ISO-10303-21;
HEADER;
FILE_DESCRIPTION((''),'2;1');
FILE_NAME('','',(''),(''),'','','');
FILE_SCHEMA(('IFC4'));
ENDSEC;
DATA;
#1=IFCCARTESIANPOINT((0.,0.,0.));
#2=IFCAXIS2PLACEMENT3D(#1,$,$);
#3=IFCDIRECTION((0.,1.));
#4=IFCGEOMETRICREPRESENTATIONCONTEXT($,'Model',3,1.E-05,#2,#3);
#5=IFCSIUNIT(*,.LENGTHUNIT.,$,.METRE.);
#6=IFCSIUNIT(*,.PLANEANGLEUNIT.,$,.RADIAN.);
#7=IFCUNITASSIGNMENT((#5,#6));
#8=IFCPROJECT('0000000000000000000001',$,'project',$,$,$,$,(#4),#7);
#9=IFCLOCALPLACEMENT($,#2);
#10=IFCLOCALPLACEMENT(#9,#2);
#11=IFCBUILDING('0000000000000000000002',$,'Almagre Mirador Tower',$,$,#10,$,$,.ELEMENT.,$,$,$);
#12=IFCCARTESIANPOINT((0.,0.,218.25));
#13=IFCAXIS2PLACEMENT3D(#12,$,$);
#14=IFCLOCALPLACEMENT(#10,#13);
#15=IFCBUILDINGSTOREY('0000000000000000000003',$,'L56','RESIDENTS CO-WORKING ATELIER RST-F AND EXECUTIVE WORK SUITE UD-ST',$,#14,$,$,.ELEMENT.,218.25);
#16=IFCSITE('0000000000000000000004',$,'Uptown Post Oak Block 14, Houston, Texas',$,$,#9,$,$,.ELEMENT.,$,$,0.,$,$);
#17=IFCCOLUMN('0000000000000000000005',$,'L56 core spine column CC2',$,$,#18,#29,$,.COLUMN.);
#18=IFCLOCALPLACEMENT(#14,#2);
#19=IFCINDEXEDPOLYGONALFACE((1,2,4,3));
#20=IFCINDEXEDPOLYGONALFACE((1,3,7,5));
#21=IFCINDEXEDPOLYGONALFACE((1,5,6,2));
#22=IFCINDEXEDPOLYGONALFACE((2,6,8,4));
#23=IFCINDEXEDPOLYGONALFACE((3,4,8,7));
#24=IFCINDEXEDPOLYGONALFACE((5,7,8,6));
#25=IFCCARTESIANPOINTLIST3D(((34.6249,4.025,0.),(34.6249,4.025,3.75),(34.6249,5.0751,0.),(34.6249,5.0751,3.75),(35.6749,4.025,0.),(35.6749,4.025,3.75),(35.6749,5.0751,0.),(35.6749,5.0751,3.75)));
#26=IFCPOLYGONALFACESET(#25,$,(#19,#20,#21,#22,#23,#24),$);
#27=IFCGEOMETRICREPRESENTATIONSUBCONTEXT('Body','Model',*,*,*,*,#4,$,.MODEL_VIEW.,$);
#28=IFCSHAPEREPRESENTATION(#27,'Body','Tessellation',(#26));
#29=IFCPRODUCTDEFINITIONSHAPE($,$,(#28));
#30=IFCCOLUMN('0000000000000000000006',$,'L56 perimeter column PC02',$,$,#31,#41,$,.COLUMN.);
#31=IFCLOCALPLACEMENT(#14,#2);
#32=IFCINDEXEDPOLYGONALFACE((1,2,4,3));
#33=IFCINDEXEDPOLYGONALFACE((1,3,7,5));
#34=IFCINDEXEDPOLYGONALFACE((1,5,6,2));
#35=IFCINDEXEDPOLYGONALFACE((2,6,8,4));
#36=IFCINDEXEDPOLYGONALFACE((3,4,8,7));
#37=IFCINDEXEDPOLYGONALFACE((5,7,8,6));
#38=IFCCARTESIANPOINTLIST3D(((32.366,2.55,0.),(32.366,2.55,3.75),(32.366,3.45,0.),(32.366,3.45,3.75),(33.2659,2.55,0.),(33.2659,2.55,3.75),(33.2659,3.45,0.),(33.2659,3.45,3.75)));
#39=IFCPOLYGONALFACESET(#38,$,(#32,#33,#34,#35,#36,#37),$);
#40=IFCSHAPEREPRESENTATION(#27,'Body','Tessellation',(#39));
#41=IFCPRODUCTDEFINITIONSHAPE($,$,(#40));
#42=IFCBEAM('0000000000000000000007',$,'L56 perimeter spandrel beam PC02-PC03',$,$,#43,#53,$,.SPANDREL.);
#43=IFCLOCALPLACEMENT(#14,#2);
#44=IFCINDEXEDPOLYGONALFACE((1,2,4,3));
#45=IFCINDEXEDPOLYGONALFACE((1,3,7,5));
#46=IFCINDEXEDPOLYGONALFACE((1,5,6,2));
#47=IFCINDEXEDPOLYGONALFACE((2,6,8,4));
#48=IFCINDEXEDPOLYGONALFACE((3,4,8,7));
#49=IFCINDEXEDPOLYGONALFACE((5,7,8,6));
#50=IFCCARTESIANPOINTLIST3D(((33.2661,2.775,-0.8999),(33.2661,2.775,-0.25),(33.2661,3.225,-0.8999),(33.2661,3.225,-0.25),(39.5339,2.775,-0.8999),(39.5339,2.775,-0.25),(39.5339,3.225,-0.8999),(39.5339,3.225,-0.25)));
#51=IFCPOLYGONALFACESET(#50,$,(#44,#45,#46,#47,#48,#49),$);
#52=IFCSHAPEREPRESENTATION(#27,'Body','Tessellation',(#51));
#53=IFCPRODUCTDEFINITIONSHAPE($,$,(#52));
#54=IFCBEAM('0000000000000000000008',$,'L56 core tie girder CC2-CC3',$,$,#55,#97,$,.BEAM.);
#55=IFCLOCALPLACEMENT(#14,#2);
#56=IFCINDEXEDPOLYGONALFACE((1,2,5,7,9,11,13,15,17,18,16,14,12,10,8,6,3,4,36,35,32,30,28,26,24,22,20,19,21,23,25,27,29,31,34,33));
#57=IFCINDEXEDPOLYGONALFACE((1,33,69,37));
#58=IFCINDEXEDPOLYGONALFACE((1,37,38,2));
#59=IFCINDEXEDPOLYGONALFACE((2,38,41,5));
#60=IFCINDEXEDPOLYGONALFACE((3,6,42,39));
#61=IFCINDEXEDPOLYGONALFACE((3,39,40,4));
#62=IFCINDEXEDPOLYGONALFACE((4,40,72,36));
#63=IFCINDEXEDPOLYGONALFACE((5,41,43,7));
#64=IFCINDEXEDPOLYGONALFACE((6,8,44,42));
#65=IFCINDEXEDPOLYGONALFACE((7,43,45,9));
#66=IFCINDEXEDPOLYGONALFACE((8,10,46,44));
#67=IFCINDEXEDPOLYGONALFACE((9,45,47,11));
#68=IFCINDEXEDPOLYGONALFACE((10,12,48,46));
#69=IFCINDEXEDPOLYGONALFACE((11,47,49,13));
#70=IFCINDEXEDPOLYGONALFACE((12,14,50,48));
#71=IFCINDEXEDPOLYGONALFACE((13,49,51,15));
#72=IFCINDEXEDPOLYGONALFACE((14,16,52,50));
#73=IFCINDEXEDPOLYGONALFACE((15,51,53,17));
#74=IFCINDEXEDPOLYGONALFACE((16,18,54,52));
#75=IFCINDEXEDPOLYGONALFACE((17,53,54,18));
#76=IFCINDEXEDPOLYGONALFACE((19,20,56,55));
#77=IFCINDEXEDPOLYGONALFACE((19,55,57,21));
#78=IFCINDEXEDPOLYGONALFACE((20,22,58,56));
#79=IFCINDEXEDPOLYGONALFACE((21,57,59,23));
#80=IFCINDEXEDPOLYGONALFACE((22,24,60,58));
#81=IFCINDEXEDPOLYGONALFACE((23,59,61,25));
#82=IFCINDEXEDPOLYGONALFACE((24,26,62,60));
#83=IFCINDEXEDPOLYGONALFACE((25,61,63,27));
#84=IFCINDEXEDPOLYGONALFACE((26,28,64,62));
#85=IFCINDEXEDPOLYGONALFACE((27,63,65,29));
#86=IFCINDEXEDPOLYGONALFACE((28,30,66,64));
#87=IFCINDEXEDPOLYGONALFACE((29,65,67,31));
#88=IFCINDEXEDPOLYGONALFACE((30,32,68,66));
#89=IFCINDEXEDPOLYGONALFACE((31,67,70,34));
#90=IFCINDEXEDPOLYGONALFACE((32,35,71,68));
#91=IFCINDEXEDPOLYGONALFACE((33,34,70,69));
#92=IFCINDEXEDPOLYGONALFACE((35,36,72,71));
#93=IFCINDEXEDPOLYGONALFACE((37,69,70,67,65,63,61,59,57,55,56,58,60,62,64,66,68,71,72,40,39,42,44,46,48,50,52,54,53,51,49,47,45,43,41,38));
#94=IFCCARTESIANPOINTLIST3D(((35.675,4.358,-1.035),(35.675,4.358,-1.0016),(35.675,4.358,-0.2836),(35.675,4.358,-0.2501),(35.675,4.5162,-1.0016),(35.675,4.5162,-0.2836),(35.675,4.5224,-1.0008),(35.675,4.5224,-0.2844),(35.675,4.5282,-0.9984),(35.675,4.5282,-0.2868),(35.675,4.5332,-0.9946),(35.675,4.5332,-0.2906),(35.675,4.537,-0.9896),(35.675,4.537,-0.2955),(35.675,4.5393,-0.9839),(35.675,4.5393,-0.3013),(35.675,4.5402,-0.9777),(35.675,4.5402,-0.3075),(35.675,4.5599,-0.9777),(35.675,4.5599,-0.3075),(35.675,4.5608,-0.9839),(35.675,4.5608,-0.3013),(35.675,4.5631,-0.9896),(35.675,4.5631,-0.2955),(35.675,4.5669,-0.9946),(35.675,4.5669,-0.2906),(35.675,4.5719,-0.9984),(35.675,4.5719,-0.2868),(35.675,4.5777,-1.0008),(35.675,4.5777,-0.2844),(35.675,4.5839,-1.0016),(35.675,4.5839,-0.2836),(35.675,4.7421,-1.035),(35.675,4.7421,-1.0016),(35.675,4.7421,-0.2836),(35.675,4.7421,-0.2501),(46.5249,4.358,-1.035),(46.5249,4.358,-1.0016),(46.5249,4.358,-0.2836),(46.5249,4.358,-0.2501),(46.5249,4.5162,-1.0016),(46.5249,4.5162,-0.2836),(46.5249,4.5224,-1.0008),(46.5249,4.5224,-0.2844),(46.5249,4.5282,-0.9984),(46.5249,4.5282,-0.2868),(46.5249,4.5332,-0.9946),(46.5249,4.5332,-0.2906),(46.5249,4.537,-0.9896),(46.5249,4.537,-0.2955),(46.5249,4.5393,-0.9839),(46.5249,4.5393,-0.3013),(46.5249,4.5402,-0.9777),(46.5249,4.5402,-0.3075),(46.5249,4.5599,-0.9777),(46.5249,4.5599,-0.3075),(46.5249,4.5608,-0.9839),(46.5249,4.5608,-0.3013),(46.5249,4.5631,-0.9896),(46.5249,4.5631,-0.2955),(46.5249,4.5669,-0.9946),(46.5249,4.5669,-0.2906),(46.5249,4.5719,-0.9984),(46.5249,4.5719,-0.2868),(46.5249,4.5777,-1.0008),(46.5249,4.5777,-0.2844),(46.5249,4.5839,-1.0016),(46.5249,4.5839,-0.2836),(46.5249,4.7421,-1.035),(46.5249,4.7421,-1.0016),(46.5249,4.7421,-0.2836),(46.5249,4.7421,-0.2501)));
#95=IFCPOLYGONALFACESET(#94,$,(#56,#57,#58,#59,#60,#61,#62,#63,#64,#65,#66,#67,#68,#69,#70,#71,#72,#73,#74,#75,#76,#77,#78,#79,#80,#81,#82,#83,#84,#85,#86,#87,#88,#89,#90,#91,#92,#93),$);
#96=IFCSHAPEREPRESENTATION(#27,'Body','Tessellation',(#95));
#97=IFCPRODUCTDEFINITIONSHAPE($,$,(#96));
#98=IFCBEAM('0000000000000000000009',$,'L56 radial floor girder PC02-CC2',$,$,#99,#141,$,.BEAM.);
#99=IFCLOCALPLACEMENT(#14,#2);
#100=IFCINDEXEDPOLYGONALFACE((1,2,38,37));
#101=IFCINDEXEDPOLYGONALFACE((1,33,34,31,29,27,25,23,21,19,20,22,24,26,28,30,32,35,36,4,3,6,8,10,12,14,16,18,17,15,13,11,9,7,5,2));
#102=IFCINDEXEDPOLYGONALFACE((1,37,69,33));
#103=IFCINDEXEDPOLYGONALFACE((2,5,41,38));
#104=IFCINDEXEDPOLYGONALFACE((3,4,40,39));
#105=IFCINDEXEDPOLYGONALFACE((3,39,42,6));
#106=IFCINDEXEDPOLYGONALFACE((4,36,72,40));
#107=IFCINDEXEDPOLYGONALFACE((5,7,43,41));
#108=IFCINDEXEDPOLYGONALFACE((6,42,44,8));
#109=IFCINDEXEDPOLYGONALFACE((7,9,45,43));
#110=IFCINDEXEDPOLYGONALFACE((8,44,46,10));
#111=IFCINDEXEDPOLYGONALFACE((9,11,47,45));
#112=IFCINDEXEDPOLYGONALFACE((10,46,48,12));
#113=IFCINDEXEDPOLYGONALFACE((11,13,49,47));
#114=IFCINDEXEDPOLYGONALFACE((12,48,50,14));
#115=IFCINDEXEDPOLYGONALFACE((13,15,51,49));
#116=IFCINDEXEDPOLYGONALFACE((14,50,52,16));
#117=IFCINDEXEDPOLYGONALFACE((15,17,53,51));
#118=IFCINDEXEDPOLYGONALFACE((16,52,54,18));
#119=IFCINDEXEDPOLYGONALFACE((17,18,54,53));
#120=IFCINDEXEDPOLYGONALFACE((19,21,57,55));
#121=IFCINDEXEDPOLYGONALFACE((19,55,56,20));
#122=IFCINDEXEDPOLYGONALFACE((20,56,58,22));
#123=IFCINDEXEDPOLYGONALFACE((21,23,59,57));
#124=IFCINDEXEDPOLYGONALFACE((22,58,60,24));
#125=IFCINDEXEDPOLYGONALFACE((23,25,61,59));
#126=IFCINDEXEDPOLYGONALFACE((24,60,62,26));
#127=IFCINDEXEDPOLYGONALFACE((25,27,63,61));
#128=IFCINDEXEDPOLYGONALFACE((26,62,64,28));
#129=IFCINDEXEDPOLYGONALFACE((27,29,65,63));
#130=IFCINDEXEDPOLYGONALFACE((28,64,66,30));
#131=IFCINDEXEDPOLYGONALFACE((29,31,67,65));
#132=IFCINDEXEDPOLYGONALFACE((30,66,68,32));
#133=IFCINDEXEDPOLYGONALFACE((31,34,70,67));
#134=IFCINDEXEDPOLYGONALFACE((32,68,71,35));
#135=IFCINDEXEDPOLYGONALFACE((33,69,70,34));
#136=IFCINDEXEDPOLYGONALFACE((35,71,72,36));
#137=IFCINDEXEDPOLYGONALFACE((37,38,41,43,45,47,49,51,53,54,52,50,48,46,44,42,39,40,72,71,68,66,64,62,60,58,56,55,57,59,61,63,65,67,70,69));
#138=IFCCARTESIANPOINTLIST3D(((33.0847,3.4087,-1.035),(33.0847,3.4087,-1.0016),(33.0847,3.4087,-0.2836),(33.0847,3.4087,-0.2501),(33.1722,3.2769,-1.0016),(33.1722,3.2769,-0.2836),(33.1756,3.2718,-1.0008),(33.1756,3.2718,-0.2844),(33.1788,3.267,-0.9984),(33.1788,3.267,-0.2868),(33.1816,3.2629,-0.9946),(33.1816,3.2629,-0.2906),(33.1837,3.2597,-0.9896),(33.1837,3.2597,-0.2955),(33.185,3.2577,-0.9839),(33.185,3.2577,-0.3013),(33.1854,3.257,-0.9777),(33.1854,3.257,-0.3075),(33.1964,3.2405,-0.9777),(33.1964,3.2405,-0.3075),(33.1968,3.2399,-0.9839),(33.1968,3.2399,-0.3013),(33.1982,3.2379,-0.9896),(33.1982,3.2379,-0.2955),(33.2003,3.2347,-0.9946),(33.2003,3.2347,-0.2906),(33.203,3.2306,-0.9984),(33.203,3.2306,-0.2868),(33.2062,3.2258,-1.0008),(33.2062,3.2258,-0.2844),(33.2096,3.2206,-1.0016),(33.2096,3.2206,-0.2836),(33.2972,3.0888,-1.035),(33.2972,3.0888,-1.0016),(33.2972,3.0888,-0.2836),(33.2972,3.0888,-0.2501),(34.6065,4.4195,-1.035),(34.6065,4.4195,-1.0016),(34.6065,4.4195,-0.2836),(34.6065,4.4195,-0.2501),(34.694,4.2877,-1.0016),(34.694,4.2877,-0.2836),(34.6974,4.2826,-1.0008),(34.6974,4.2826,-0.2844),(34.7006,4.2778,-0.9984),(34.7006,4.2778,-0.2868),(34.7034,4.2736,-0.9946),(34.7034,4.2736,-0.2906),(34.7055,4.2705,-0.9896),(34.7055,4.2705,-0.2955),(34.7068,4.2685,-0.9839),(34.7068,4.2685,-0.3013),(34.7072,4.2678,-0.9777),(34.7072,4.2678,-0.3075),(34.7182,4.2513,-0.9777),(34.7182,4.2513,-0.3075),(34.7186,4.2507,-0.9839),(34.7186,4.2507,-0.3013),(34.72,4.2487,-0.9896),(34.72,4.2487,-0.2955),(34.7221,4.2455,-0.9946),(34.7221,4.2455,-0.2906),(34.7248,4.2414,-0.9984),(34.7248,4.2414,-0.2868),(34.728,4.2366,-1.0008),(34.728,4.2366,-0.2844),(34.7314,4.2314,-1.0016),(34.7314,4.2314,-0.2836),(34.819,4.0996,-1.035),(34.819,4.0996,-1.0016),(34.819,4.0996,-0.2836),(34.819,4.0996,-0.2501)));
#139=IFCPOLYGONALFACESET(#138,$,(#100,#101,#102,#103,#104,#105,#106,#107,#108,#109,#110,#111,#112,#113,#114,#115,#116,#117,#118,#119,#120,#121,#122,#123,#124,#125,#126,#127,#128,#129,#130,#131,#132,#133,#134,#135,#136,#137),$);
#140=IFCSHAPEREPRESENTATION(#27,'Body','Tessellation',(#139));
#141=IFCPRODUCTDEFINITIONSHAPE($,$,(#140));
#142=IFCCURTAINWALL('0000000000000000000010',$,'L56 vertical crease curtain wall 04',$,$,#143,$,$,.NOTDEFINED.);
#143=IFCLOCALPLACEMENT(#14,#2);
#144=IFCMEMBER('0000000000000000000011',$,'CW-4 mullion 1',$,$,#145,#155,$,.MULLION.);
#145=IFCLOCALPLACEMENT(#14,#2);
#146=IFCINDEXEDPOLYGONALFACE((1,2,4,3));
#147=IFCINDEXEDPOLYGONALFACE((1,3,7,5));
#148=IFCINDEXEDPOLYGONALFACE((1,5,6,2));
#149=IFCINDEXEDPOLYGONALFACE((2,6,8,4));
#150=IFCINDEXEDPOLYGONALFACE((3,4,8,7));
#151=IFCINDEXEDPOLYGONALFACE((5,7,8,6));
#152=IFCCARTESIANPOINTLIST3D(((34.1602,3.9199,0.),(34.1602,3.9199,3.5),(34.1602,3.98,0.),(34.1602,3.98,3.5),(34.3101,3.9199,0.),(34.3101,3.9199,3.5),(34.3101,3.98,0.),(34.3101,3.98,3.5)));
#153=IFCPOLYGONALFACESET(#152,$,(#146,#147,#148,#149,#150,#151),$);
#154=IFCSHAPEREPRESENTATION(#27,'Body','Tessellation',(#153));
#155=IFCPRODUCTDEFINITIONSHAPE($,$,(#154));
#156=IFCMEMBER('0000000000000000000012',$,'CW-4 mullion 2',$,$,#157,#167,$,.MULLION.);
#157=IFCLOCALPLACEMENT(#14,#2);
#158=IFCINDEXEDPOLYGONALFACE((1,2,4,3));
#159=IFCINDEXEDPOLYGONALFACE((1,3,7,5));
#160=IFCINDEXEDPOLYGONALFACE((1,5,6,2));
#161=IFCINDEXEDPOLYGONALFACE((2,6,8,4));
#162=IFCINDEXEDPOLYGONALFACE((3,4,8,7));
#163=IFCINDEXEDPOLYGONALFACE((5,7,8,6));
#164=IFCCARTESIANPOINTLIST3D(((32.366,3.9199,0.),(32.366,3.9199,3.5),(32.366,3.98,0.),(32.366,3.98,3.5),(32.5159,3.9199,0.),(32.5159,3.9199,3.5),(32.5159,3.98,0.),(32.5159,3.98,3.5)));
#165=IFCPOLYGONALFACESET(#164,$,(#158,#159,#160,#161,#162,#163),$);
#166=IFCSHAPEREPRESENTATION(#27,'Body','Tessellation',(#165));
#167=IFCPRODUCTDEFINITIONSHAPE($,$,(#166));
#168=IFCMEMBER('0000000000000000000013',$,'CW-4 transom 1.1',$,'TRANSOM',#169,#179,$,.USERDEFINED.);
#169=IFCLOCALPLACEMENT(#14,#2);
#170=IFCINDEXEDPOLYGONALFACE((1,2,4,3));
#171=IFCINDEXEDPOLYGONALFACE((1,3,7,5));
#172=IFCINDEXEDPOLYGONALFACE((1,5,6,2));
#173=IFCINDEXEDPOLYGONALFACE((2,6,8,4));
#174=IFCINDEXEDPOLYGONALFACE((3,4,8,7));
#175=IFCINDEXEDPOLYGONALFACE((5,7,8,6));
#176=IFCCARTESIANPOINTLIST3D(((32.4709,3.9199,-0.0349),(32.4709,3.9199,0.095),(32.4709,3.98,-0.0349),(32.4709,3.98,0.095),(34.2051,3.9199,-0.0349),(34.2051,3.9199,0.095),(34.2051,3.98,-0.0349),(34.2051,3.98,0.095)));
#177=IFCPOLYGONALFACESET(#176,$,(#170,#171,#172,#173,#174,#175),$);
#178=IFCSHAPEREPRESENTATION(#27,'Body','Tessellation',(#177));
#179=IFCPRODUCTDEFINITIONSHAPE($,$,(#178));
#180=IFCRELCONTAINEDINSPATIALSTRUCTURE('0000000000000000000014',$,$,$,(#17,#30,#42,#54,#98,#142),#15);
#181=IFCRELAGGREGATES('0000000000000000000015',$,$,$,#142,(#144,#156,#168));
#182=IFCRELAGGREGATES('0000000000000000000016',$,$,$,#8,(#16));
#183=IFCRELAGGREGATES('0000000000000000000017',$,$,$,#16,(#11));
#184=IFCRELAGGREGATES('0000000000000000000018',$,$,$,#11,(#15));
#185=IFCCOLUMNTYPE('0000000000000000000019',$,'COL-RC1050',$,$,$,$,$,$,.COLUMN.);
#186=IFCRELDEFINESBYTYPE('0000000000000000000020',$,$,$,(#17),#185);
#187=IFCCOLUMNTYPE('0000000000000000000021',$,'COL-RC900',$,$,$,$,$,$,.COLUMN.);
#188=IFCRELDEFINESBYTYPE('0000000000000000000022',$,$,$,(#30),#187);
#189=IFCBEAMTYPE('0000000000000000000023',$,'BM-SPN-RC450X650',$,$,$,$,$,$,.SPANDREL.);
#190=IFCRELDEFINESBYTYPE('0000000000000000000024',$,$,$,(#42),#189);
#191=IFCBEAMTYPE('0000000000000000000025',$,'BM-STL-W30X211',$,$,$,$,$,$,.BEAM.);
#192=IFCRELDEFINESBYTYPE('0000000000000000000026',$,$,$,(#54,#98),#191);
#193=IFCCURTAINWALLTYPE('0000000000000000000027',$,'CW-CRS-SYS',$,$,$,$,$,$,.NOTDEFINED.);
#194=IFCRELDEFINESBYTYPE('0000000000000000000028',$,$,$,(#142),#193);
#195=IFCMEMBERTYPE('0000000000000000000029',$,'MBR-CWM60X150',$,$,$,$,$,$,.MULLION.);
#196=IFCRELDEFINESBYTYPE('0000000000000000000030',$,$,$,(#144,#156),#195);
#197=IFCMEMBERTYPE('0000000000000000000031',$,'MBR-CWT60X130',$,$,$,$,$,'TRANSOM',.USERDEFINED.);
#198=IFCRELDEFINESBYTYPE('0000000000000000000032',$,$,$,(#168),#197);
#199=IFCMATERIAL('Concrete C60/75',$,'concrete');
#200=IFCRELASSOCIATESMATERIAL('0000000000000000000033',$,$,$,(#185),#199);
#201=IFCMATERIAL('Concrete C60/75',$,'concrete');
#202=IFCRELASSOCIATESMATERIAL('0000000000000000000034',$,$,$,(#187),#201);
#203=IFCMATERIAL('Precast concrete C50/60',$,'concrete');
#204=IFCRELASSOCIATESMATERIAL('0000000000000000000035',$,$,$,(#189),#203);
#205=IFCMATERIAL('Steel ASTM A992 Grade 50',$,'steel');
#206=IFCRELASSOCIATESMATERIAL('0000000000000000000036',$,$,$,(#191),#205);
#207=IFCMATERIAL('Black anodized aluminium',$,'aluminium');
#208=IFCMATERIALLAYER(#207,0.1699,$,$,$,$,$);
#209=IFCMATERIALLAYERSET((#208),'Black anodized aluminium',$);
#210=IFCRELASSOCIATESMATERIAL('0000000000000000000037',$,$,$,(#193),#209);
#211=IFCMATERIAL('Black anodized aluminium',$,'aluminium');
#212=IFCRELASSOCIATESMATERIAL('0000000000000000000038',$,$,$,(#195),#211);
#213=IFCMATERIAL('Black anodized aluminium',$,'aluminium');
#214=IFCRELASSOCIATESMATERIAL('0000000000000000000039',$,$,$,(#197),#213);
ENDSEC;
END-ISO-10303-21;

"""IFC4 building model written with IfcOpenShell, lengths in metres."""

from ifc_helpers import new_model, si_unit, direction, frame, origin, origin_2d, place, context, subcontext, project, spatial, rectangle, i_section, extrude, material, layer, layer_set, material_profile, profile_set, type_object, element, aggregate, save


model = new_model("IFC4")

# Units and contexts
model_context = context("Model", 3, precision=1e-05, world=origin(), true_north=direction((0.0, 1.0)))
body_context = subcontext(model_context, "Body", "Model", "MODEL_VIEW")
ifc_project = project(units=[si_unit("LENGTHUNIT", "METRE"), si_unit("PLANEANGLEUNIT", "RADIAN")], contexts=[model_context])

# Site, building, storey
site_placement = place(None, origin())
site = spatial("IfcSite", under=ifc_project, at=site_placement, Name="Uptown Post Oak Block 14, Houston, Texas", CompositionType="ELEMENT", RefElevation=0.0)
building_placement = place(site_placement, origin())
building = spatial("IfcBuilding", under=site, at=building_placement, Name="Almagre Mirador Tower", CompositionType="ELEMENT")
storey_placement = place(building_placement, frame((0.0, 0.0, 218.25)))
storey = spatial("IfcBuildingStorey", under=building, at=storey_placement, Name="L56", Description="RESIDENTS CO-WORKING ATELIER RST-F AND EXECUTIVE WORK SUITE UD-ST", CompositionType="ELEMENT", Elevation=218.25)

# Columns
ifc_material_1 = material(Name="Concrete C60/75", Category="concrete")
ifc_material_profile_1 = material_profile(ifc_material_1, rectangle(XDim=1.05, YDim=1.05, at=origin_2d()), Name="RC1050X1050")
ifc_profile_set_1 = profile_set([ifc_material_profile_1], Name="Concrete C60/75")
column_type_1 = type_object("IfcColumnType", Name="COL-RC1050", PredefinedType="COLUMN", material=ifc_profile_set_1)
column_1_placement = place(storey_placement, frame((35.1499, 4.55, 0.0), z_axis=(0.0, 0.0, 1.0), x_axis=(1.0, 0.0, 0.0)))
element("IfcColumn", 1, at=column_1_placement, inside=storey, type_object=column_type_1, Name="L56 core spine column CC2", PredefinedType="COLUMN", context=body_context, shape_type="SweptSolid", body=[
    extrude(rectangle(XDim=1.05, YDim=1.05, at=origin_2d()), origin(), (0.0, 0.0, 1.0), 3.75),
])
ifc_material_2 = material(Name="Concrete C60/75", Category="concrete")
ifc_material_profile_2 = material_profile(ifc_material_2, rectangle(XDim=0.8999, YDim=0.8999, at=origin_2d()), Name="RC900X900")
ifc_profile_set_2 = profile_set([ifc_material_profile_2], Name="Concrete C60/75")
column_type_2 = type_object("IfcColumnType", Name="COL-RC900", PredefinedType="COLUMN", material=ifc_profile_set_2)
column_2_placement = place(storey_placement, frame((32.8159, 3.0, 0.0), z_axis=(0.0, 0.0, 1.0), x_axis=(1.0, 0.0, 0.0)))
element("IfcColumn", 2, at=column_2_placement, inside=storey, type_object=column_type_2, Name="L56 perimeter column PC02", PredefinedType="COLUMN", context=body_context, shape_type="SweptSolid", body=[
    extrude(rectangle(XDim=0.8999, YDim=0.8999, at=origin_2d()), origin(), (0.0, 0.0, 1.0), 3.75),
])

# Beams
ifc_material_3 = material(Name="Precast concrete C50/60", Category="concrete")
ifc_material_profile_3 = material_profile(ifc_material_3, rectangle(XDim=0.45, YDim=0.6499, at=origin_2d()), Name="RC450X650")
ifc_profile_set_3 = profile_set([ifc_material_profile_3], Name="Precast concrete C50/60")
beam_type_1 = type_object("IfcBeamType", Name="BM-SPN-RC450X650", PredefinedType="SPANDREL", material=ifc_profile_set_3)
beam_1_placement = place(storey_placement, frame((33.2661, 3.0, -0.575), z_axis=(1.0, 0.0, 0.0), x_axis=(0.0, 1.0, 0.0)))
element("IfcBeam", 3, at=beam_1_placement, inside=storey, type_object=beam_type_1, Name="L56 perimeter spandrel beam PC02-PC03", PredefinedType="SPANDREL", context=body_context, shape_type="SweptSolid", body=[
    extrude(rectangle(XDim=0.45, YDim=0.6499, at=origin_2d()), origin(), (0.0, 0.0, 1.0), 6.2678),
])
ifc_material_4 = material(Name="Steel ASTM A992 Grade 50", Category="steel")
ifc_material_profile_4 = material_profile(ifc_material_4, i_section(OverallWidth=0.384, OverallDepth=0.7849, WebThickness=0.0198, FlangeThickness=0.0334, FilletRadius=0.0239, at=origin_2d()), Name="W30X211")
ifc_profile_set_4 = profile_set([ifc_material_profile_4], Name="Steel ASTM A992 Grade 50")
beam_type_2 = type_object("IfcBeamType", Name="BM-STL-W30X211", PredefinedType="BEAM", material=ifc_profile_set_4)
beam_2_placement = place(storey_placement, frame((35.675, 4.55, -0.6426), z_axis=(1.0, 0.0, 0.0), x_axis=(0.0, 1.0, 0.0)))
element("IfcBeam", 4, at=beam_2_placement, inside=storey, type_object=beam_type_2, Name="L56 core tie girder CC2-CC3", PredefinedType="BEAM", context=body_context, shape_type="SweptSolid", body=[
    extrude(i_section(OverallWidth=0.384, OverallDepth=0.7849, WebThickness=0.0198, FlangeThickness=0.0334, FilletRadius=0.0239, at=origin_2d()), origin(), (0.0, 0.0, 1.0), 10.8499),
])
beam_3_placement = place(storey_placement, frame((33.1909, 3.2488, -0.6426), z_axis=(0.832995, 0.553281, 0.0), x_axis=(-0.553281, 0.832995, 0.0)))
element("IfcBeam", 5, at=beam_3_placement, inside=storey, type_object=beam_type_2, Name="L56 radial floor girder PC02-CC2", PredefinedType="BEAM", context=body_context, shape_type="SweptSolid", body=[
    extrude(i_section(OverallWidth=0.384, OverallDepth=0.7849, WebThickness=0.0198, FlangeThickness=0.0334, FilletRadius=0.0239, at=origin_2d()), origin(), (0.0, 0.0, 1.0), 1.8269),
])

# Curtain wall, members
ifc_material_5 = material(Name="Black anodized aluminium", Category="aluminium")
ifc_layer_1 = layer(ifc_material_5, 0.1699)
ifc_layer_set_1 = layer_set([ifc_layer_1], Name="Black anodized aluminium")
curtain_wall_type = type_object("IfcCurtainWallType", Name="CW-CRS-SYS", PredefinedType="NOTDEFINED", material=ifc_layer_set_1)
curtain_wall_placement = place(storey_placement, origin())
curtain_wall = element("IfcCurtainWall", 6, at=curtain_wall_placement, inside=storey, type_object=curtain_wall_type, Name="L56 vertical crease curtain wall 04", PredefinedType="NOTDEFINED")
ifc_material_6 = material(Name="Black anodized aluminium", Category="aluminium")
ifc_material_profile_5 = material_profile(ifc_material_6, rectangle(XDim=0.0601, YDim=0.1499, at=origin_2d()), Name="CWM60X150")
ifc_profile_set_5 = profile_set([ifc_material_profile_5], Name="Black anodized aluminium")
member_type_1 = type_object("IfcMemberType", Name="MBR-CWM60X150", PredefinedType="MULLION", material=ifc_profile_set_5)
member_1_placement = place(storey_placement, frame((34.2351, 3.95, 0.0), z_axis=(0.0, 0.0, 1.0), x_axis=(0.0, -1.0, 0.0)))
member_1 = element("IfcMember", 7, at=member_1_placement, type_object=member_type_1, Name="CW-4 mullion 1", PredefinedType="MULLION", context=body_context, shape_type="SweptSolid", body=[
    extrude(rectangle(XDim=0.0601, YDim=0.1499, at=origin_2d()), origin(), (0.0, 0.0, 1.0), 3.5),
])
member_2_placement = place(storey_placement, frame((32.4409, 3.95, 0.0), z_axis=(0.0, 0.0, 1.0), x_axis=(0.0, -1.0, 0.0)))
member_2 = element("IfcMember", 8, at=member_2_placement, type_object=member_type_1, Name="CW-4 mullion 2", PredefinedType="MULLION", context=body_context, shape_type="SweptSolid", body=[
    extrude(rectangle(XDim=0.0601, YDim=0.1499, at=origin_2d()), origin(), (0.0, 0.0, 1.0), 3.5),
])
ifc_material_7 = material(Name="Black anodized aluminium", Category="aluminium")
ifc_material_profile_6 = material_profile(ifc_material_7, rectangle(XDim=0.0601, YDim=0.1299, at=origin_2d()), Name="CWT60X130")
ifc_profile_set_6 = profile_set([ifc_material_profile_6], Name="Black anodized aluminium")
member_type_2 = type_object("IfcMemberType", Name="MBR-CWT60X130", ElementType="TRANSOM", PredefinedType="USERDEFINED", material=ifc_profile_set_6)
member_3_placement = place(storey_placement, frame((34.2051, 3.95, 0.03), z_axis=(-1.0, 0.0, 0.0), x_axis=(0.0, -1.0, 0.0)))
member_3 = element("IfcMember", 9, at=member_3_placement, type_object=member_type_2, Name="CW-4 transom 1.1", ObjectType="TRANSOM", PredefinedType="USERDEFINED", context=body_context, shape_type="SweptSolid", body=[
    extrude(rectangle(XDim=0.0601, YDim=0.1299, at=origin_2d()), origin(), (0.0, 0.0, 1.0), 1.7341),
])
aggregate(curtain_wall, [member_1, member_2, member_3])

save(model, "model.ifc")
